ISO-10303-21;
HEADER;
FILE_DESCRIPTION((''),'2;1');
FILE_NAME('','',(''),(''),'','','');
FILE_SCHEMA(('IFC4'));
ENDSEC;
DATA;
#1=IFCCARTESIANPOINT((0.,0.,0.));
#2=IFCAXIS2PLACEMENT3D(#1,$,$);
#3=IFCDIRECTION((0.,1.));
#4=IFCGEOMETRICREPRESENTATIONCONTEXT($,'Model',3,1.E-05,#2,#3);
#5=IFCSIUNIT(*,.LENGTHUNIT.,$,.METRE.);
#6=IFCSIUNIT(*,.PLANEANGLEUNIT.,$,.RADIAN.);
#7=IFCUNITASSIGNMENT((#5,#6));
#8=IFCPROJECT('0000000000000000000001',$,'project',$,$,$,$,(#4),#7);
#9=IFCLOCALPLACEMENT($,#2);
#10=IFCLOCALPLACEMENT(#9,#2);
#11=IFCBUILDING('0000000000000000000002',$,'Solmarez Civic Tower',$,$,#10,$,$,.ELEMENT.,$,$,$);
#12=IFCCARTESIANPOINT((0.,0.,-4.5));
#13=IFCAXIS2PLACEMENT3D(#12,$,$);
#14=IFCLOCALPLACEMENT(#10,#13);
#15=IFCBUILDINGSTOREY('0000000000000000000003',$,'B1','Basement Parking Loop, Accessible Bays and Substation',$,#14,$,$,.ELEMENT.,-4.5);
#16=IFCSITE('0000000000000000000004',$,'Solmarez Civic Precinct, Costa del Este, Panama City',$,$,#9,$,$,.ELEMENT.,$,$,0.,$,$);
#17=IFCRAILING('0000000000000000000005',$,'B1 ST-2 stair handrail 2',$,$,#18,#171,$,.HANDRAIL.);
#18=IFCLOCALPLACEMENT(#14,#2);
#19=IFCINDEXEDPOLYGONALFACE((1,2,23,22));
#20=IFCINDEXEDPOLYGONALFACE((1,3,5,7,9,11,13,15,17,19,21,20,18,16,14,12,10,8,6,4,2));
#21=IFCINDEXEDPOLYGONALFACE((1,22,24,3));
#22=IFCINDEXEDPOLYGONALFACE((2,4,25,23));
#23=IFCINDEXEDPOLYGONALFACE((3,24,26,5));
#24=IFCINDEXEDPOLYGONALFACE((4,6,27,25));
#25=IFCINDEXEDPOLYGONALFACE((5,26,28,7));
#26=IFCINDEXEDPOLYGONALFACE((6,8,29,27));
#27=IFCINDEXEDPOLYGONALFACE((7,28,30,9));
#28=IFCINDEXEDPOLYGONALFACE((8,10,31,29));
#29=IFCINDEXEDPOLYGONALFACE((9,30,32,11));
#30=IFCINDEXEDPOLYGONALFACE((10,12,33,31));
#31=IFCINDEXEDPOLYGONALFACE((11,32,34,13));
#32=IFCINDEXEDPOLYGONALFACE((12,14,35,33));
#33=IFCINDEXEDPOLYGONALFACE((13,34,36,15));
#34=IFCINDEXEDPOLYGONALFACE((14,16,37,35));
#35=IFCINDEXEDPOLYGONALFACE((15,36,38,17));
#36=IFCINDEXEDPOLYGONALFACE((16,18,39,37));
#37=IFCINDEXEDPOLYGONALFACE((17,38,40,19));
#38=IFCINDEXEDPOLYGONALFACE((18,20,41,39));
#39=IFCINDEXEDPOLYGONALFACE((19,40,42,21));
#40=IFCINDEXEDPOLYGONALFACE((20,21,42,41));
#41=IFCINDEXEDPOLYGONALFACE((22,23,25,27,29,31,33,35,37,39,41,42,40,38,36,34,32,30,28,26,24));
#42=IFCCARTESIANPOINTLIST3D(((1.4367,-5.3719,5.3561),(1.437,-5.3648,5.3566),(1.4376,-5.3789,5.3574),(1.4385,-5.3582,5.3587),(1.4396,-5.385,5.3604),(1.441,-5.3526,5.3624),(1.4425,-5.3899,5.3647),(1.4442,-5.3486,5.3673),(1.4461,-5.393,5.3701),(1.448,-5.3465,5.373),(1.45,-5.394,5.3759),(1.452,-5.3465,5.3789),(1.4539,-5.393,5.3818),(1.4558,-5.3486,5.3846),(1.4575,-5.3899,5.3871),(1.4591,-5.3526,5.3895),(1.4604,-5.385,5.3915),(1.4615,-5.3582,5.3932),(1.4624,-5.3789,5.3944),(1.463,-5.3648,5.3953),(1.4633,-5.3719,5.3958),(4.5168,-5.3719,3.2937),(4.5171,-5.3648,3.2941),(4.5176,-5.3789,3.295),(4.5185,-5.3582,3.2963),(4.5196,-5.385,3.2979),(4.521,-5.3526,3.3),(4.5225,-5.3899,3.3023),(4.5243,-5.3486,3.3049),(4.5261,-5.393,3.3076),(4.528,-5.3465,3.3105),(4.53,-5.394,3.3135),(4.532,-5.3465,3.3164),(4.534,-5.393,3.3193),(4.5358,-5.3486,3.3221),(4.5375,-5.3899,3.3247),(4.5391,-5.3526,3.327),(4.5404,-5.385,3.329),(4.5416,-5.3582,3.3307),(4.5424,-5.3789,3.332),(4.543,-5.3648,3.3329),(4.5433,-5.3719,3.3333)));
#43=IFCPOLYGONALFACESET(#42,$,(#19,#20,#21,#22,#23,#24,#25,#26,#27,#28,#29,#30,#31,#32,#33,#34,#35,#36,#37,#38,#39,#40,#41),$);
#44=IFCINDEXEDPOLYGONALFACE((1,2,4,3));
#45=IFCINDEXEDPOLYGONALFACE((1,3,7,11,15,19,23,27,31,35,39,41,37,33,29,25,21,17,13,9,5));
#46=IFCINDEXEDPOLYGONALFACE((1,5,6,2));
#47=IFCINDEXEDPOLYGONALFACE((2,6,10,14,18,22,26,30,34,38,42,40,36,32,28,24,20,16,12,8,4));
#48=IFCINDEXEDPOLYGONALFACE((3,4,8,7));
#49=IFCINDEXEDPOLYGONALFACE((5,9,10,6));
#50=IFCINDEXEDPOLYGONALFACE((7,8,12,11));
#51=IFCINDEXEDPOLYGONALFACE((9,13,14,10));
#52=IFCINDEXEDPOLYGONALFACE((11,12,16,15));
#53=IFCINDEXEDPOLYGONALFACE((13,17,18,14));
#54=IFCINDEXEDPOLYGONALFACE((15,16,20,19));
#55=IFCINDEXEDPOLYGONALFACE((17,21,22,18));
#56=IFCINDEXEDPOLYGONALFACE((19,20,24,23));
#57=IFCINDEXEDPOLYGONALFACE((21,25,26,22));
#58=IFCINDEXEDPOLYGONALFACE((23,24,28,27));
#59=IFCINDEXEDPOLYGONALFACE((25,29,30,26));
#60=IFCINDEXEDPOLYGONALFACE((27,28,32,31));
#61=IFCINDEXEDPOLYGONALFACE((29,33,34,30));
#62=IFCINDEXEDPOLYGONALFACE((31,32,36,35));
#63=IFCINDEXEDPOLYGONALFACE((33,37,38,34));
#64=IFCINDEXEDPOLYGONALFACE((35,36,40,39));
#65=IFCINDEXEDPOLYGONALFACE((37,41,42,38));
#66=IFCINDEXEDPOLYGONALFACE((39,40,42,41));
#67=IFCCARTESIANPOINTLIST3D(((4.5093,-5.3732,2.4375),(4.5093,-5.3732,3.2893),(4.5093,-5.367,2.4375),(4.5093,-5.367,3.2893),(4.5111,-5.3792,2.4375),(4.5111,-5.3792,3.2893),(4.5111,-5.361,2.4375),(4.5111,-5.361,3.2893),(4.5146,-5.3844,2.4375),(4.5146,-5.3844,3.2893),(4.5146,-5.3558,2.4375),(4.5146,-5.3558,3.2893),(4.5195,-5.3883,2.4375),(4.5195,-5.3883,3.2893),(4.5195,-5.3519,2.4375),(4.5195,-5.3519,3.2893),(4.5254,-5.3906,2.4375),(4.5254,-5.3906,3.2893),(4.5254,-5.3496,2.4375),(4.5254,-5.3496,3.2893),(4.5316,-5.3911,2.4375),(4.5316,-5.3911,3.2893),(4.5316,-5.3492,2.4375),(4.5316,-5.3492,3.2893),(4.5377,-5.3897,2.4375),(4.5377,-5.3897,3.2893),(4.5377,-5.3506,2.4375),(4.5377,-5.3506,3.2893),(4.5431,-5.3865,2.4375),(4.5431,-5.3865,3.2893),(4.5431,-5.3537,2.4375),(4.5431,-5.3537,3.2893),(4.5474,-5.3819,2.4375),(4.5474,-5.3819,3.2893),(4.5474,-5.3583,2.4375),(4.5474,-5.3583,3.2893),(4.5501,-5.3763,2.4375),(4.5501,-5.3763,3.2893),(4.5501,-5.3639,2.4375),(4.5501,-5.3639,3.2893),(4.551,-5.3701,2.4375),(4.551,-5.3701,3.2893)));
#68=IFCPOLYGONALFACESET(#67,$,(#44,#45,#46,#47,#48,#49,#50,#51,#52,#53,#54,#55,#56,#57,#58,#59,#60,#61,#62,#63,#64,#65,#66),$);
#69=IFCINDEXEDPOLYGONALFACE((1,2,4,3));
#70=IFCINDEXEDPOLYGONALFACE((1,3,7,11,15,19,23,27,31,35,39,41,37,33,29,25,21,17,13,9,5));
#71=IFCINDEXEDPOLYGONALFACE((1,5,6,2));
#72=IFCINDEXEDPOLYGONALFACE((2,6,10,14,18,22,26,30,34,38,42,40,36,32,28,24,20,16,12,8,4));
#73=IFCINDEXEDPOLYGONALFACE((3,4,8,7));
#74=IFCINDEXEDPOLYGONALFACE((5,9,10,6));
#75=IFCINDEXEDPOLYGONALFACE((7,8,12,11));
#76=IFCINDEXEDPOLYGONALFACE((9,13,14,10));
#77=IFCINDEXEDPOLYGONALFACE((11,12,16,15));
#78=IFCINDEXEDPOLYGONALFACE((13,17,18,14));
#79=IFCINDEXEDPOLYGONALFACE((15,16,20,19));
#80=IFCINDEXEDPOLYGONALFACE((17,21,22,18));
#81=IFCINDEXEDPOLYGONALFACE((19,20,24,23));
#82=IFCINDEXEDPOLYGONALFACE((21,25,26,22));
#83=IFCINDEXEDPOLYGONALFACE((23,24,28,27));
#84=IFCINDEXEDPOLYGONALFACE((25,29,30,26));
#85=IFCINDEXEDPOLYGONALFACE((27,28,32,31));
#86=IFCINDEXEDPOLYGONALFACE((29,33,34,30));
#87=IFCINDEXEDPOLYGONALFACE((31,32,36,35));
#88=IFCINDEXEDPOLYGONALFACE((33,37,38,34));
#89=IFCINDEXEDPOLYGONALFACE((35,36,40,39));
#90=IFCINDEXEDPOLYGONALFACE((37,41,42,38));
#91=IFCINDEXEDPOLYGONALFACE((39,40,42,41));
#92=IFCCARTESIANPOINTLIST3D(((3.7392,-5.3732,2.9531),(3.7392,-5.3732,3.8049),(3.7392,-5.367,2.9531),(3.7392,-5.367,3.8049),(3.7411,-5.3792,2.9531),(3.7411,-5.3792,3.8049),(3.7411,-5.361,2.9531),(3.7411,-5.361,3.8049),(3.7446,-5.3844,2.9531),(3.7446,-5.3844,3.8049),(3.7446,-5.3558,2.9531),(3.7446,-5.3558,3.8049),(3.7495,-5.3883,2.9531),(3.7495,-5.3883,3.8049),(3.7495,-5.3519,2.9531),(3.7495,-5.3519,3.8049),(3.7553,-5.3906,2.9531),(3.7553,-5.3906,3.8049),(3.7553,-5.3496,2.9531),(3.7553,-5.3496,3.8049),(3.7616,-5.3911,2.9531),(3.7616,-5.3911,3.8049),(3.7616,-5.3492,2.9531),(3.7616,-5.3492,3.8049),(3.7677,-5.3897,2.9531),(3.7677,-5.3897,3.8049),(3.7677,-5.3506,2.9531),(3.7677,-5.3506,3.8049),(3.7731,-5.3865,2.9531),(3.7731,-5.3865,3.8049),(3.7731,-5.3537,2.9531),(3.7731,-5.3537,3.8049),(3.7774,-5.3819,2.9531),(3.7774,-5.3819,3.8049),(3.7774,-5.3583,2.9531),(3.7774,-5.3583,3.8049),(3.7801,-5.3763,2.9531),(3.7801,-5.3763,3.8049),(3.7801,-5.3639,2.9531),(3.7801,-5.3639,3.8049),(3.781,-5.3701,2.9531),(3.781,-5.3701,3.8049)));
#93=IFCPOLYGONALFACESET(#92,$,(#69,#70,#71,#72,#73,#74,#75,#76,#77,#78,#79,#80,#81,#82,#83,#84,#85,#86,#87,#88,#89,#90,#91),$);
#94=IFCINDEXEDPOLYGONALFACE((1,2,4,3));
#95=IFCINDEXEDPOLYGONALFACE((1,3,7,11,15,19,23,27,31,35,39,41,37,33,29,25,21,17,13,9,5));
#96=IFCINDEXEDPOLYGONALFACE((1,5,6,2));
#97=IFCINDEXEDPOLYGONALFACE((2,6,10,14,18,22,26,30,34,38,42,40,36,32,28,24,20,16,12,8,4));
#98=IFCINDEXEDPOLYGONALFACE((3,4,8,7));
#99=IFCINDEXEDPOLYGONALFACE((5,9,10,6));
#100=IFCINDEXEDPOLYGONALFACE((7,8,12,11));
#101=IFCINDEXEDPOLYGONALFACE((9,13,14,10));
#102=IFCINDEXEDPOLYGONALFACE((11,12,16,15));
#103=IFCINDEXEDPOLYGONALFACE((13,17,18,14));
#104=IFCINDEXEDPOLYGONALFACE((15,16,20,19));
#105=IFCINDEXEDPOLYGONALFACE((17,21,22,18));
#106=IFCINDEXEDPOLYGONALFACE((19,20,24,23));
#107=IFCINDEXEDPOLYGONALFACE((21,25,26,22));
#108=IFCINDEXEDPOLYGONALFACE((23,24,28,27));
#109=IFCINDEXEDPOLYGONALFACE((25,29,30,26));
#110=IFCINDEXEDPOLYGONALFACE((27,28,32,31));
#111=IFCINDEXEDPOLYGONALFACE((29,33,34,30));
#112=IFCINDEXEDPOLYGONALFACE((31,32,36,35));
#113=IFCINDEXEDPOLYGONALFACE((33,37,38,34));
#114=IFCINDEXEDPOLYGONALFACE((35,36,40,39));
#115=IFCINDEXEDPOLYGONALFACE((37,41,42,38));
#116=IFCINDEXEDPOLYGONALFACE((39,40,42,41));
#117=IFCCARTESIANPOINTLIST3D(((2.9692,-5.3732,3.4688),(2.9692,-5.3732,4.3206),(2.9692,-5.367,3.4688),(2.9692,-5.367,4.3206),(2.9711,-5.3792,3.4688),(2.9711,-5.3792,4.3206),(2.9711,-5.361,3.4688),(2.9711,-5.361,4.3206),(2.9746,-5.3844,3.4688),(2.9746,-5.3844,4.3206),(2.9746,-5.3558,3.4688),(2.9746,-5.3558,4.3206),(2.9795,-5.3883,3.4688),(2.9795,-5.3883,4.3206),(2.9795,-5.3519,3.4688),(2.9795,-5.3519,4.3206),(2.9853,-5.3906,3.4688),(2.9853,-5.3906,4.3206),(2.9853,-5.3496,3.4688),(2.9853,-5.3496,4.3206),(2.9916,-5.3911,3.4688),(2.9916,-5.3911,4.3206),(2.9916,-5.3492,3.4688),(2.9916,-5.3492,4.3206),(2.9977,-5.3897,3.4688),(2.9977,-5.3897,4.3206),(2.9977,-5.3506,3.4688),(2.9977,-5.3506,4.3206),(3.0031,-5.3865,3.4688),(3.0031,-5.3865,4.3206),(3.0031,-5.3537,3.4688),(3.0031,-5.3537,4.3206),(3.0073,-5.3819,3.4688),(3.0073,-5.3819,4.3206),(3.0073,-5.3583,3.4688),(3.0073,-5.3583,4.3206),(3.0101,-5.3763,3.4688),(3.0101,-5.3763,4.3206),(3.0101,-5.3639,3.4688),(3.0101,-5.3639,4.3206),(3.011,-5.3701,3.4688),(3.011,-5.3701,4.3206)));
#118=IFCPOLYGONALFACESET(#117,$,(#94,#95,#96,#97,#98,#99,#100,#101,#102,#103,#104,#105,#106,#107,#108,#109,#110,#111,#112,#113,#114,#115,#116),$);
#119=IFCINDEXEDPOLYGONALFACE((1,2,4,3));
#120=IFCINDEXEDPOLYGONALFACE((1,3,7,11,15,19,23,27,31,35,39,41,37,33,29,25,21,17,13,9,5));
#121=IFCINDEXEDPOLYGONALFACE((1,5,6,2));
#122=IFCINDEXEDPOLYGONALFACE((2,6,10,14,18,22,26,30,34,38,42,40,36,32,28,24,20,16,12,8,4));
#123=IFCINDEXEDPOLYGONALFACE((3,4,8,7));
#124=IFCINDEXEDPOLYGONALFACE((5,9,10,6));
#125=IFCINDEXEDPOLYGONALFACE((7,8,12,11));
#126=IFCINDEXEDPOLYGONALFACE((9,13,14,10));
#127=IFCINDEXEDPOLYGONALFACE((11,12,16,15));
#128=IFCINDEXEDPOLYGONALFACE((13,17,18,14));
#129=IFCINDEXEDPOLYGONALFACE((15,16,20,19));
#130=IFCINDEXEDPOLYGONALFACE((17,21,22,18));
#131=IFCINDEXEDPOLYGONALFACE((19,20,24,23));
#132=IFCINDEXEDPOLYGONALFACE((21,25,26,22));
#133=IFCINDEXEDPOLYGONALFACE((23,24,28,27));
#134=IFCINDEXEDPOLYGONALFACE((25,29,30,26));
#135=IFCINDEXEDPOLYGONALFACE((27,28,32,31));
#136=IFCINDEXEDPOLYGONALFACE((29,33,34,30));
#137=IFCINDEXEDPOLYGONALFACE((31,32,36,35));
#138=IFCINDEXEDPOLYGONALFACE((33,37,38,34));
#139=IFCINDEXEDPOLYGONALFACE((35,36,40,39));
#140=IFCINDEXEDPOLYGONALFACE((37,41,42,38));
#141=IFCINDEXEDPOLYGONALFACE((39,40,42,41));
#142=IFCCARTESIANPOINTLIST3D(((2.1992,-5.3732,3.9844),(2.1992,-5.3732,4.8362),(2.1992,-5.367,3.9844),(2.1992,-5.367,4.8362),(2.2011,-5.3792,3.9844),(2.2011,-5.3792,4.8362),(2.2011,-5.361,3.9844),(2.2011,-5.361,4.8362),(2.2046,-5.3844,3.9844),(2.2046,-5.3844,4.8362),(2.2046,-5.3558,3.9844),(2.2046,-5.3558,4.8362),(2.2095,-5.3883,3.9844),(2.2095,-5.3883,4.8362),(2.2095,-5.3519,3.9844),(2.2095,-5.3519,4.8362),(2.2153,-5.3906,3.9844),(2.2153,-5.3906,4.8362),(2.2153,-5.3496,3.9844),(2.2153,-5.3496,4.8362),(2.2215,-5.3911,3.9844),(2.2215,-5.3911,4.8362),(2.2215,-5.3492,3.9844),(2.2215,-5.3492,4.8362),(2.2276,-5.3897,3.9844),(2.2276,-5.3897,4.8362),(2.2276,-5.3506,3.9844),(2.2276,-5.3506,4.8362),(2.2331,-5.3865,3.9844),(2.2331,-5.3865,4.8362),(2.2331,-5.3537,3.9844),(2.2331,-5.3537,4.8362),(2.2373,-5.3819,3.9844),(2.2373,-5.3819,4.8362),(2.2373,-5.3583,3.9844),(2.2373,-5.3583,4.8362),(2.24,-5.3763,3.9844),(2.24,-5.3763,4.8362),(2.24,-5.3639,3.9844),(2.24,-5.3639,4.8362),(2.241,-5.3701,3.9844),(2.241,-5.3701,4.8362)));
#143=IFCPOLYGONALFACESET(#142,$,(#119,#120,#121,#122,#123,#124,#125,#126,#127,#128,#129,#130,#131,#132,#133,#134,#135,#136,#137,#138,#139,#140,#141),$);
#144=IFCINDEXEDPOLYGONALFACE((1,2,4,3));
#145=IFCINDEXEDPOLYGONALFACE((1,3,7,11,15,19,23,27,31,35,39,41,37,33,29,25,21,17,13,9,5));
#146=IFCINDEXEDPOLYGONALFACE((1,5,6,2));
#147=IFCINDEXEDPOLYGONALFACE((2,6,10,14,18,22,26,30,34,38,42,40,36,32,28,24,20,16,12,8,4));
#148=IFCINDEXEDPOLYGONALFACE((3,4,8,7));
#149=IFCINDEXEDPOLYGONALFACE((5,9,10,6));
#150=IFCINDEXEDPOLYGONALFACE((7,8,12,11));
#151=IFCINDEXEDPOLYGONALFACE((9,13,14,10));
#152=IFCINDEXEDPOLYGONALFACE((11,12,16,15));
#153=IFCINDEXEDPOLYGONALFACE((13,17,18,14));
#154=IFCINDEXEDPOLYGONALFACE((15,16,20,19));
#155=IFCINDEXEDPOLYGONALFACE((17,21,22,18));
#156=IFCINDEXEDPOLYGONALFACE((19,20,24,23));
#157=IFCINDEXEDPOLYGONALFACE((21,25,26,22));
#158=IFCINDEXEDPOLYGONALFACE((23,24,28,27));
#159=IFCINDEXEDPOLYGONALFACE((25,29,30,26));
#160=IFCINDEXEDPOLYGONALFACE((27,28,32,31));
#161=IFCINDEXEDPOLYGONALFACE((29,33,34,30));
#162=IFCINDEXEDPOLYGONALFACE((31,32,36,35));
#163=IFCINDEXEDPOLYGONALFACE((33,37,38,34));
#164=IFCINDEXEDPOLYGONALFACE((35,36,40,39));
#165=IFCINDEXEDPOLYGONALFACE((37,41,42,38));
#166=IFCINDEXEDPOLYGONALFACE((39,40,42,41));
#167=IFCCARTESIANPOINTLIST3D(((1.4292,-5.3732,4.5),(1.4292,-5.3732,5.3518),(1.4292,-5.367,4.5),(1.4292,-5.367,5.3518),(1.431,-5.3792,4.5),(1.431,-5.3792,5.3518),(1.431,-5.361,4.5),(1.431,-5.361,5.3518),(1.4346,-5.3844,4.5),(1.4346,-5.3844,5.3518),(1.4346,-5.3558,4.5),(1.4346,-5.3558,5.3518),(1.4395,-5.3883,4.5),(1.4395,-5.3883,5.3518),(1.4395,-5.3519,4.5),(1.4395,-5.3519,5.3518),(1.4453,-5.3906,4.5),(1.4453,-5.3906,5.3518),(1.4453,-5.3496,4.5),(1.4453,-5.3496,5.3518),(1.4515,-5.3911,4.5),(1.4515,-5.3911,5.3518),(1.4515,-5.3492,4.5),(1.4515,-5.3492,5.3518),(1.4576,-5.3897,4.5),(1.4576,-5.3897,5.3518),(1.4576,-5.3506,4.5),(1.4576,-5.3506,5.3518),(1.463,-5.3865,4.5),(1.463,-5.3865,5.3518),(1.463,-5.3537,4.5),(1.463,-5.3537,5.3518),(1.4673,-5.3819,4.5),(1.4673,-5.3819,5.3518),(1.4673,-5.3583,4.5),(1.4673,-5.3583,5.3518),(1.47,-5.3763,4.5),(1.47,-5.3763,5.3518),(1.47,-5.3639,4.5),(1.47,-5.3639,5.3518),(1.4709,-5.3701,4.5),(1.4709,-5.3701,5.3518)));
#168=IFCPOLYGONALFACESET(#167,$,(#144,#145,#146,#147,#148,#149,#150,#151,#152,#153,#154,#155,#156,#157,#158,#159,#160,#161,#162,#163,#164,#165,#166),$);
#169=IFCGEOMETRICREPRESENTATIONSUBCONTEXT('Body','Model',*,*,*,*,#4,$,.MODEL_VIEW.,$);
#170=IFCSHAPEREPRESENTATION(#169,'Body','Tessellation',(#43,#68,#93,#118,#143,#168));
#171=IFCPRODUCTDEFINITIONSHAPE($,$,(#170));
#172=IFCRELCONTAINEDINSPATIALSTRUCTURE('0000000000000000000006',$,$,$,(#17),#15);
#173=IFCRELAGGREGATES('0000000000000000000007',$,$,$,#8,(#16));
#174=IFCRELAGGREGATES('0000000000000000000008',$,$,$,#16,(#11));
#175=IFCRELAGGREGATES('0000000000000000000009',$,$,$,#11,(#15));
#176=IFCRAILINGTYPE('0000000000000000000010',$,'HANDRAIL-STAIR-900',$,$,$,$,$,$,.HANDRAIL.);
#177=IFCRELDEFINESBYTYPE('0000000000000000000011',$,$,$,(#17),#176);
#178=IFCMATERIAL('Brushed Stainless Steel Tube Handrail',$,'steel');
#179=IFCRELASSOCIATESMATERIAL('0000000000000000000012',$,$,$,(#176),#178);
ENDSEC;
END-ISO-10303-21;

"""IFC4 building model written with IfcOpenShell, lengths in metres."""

from ifc_helpers import new_model, si_unit, direction, frame, origin, origin_2d, place, context, subcontext, project, spatial, circle, extrude, material, type_object, element, save


model = new_model("IFC4")

# Units and contexts
model_context = context("Model", 3, precision=1e-05, world=origin(), true_north=direction((0.0, 1.0)))
body_context = subcontext(model_context, "Body", "Model", "MODEL_VIEW")
ifc_project = project(units=[si_unit("LENGTHUNIT", "METRE"), si_unit("PLANEANGLEUNIT", "RADIAN")], contexts=[model_context])

# Site, building, storey
site_placement = place(None, origin())
site = spatial("IfcSite", under=ifc_project, at=site_placement, Name="Solmarez Civic Precinct, Costa del Este, Panama City", CompositionType="ELEMENT", RefElevation=0.0)
building_placement = place(site_placement, origin())
building = spatial("IfcBuilding", under=site, at=building_placement, Name="Solmarez Civic Tower", CompositionType="ELEMENT")
storey_placement = place(building_placement, frame((0.0, 0.0, -4.5)))
storey = spatial("IfcBuildingStorey", under=building, at=storey_placement, Name="B1", Description="Basement Parking Loop, Accessible Bays and Substation", CompositionType="ELEMENT", Elevation=-4.5)

# Railing
ifc_material_1 = material(Name="Brushed Stainless Steel Tube Handrail", Category="steel")
railing_type_1 = type_object("IfcRailingType", Name="HANDRAIL-STAIR-900", PredefinedType="HANDRAIL", material=ifc_material_1)
railing_1_placement = place(storey_placement, frame((4.53, -5.3701, 2.4375)))
element("IfcRailing", 1, at=railing_1_placement, inside=storey, type_object=railing_type_1, Name="B1 ST-2 stair handrail 2", PredefinedType="HANDRAIL", context=body_context, shape_type="SweptSolid", body=[
    extrude(circle(Radius=0.0239, at=origin_2d()), frame((0.0, 0.0, 0.876), z_axis=(-0.830914, 0.0, 0.556401), x_axis=(0.0, -1.0, 0.0)), (0.0, 0.0, 1.0), 3.7068),
    extrude(circle(Radius=0.021, at=origin_2d()), origin(), (0.0, 0.0, 1.0), 0.8518),
    extrude(circle(Radius=0.021, at=origin_2d()), frame((-0.77, 0.0, 0.5156)), (0.0, 0.0, 1.0), 0.8518),
    extrude(circle(Radius=0.021, at=origin_2d()), frame((-1.54, 0.0, 1.0312)), (0.0, 0.0, 1.0), 0.8518),
    extrude(circle(Radius=0.021, at=origin_2d()), frame((-2.3101, 0.0, 1.5469)), (0.0, 0.0, 1.0), 0.8518),
    extrude(circle(Radius=0.021, at=origin_2d()), frame((-3.0801, 0.0, 2.0625)), (0.0, 0.0, 1.0), 0.8518),
])

save(model, "model.ifc")
